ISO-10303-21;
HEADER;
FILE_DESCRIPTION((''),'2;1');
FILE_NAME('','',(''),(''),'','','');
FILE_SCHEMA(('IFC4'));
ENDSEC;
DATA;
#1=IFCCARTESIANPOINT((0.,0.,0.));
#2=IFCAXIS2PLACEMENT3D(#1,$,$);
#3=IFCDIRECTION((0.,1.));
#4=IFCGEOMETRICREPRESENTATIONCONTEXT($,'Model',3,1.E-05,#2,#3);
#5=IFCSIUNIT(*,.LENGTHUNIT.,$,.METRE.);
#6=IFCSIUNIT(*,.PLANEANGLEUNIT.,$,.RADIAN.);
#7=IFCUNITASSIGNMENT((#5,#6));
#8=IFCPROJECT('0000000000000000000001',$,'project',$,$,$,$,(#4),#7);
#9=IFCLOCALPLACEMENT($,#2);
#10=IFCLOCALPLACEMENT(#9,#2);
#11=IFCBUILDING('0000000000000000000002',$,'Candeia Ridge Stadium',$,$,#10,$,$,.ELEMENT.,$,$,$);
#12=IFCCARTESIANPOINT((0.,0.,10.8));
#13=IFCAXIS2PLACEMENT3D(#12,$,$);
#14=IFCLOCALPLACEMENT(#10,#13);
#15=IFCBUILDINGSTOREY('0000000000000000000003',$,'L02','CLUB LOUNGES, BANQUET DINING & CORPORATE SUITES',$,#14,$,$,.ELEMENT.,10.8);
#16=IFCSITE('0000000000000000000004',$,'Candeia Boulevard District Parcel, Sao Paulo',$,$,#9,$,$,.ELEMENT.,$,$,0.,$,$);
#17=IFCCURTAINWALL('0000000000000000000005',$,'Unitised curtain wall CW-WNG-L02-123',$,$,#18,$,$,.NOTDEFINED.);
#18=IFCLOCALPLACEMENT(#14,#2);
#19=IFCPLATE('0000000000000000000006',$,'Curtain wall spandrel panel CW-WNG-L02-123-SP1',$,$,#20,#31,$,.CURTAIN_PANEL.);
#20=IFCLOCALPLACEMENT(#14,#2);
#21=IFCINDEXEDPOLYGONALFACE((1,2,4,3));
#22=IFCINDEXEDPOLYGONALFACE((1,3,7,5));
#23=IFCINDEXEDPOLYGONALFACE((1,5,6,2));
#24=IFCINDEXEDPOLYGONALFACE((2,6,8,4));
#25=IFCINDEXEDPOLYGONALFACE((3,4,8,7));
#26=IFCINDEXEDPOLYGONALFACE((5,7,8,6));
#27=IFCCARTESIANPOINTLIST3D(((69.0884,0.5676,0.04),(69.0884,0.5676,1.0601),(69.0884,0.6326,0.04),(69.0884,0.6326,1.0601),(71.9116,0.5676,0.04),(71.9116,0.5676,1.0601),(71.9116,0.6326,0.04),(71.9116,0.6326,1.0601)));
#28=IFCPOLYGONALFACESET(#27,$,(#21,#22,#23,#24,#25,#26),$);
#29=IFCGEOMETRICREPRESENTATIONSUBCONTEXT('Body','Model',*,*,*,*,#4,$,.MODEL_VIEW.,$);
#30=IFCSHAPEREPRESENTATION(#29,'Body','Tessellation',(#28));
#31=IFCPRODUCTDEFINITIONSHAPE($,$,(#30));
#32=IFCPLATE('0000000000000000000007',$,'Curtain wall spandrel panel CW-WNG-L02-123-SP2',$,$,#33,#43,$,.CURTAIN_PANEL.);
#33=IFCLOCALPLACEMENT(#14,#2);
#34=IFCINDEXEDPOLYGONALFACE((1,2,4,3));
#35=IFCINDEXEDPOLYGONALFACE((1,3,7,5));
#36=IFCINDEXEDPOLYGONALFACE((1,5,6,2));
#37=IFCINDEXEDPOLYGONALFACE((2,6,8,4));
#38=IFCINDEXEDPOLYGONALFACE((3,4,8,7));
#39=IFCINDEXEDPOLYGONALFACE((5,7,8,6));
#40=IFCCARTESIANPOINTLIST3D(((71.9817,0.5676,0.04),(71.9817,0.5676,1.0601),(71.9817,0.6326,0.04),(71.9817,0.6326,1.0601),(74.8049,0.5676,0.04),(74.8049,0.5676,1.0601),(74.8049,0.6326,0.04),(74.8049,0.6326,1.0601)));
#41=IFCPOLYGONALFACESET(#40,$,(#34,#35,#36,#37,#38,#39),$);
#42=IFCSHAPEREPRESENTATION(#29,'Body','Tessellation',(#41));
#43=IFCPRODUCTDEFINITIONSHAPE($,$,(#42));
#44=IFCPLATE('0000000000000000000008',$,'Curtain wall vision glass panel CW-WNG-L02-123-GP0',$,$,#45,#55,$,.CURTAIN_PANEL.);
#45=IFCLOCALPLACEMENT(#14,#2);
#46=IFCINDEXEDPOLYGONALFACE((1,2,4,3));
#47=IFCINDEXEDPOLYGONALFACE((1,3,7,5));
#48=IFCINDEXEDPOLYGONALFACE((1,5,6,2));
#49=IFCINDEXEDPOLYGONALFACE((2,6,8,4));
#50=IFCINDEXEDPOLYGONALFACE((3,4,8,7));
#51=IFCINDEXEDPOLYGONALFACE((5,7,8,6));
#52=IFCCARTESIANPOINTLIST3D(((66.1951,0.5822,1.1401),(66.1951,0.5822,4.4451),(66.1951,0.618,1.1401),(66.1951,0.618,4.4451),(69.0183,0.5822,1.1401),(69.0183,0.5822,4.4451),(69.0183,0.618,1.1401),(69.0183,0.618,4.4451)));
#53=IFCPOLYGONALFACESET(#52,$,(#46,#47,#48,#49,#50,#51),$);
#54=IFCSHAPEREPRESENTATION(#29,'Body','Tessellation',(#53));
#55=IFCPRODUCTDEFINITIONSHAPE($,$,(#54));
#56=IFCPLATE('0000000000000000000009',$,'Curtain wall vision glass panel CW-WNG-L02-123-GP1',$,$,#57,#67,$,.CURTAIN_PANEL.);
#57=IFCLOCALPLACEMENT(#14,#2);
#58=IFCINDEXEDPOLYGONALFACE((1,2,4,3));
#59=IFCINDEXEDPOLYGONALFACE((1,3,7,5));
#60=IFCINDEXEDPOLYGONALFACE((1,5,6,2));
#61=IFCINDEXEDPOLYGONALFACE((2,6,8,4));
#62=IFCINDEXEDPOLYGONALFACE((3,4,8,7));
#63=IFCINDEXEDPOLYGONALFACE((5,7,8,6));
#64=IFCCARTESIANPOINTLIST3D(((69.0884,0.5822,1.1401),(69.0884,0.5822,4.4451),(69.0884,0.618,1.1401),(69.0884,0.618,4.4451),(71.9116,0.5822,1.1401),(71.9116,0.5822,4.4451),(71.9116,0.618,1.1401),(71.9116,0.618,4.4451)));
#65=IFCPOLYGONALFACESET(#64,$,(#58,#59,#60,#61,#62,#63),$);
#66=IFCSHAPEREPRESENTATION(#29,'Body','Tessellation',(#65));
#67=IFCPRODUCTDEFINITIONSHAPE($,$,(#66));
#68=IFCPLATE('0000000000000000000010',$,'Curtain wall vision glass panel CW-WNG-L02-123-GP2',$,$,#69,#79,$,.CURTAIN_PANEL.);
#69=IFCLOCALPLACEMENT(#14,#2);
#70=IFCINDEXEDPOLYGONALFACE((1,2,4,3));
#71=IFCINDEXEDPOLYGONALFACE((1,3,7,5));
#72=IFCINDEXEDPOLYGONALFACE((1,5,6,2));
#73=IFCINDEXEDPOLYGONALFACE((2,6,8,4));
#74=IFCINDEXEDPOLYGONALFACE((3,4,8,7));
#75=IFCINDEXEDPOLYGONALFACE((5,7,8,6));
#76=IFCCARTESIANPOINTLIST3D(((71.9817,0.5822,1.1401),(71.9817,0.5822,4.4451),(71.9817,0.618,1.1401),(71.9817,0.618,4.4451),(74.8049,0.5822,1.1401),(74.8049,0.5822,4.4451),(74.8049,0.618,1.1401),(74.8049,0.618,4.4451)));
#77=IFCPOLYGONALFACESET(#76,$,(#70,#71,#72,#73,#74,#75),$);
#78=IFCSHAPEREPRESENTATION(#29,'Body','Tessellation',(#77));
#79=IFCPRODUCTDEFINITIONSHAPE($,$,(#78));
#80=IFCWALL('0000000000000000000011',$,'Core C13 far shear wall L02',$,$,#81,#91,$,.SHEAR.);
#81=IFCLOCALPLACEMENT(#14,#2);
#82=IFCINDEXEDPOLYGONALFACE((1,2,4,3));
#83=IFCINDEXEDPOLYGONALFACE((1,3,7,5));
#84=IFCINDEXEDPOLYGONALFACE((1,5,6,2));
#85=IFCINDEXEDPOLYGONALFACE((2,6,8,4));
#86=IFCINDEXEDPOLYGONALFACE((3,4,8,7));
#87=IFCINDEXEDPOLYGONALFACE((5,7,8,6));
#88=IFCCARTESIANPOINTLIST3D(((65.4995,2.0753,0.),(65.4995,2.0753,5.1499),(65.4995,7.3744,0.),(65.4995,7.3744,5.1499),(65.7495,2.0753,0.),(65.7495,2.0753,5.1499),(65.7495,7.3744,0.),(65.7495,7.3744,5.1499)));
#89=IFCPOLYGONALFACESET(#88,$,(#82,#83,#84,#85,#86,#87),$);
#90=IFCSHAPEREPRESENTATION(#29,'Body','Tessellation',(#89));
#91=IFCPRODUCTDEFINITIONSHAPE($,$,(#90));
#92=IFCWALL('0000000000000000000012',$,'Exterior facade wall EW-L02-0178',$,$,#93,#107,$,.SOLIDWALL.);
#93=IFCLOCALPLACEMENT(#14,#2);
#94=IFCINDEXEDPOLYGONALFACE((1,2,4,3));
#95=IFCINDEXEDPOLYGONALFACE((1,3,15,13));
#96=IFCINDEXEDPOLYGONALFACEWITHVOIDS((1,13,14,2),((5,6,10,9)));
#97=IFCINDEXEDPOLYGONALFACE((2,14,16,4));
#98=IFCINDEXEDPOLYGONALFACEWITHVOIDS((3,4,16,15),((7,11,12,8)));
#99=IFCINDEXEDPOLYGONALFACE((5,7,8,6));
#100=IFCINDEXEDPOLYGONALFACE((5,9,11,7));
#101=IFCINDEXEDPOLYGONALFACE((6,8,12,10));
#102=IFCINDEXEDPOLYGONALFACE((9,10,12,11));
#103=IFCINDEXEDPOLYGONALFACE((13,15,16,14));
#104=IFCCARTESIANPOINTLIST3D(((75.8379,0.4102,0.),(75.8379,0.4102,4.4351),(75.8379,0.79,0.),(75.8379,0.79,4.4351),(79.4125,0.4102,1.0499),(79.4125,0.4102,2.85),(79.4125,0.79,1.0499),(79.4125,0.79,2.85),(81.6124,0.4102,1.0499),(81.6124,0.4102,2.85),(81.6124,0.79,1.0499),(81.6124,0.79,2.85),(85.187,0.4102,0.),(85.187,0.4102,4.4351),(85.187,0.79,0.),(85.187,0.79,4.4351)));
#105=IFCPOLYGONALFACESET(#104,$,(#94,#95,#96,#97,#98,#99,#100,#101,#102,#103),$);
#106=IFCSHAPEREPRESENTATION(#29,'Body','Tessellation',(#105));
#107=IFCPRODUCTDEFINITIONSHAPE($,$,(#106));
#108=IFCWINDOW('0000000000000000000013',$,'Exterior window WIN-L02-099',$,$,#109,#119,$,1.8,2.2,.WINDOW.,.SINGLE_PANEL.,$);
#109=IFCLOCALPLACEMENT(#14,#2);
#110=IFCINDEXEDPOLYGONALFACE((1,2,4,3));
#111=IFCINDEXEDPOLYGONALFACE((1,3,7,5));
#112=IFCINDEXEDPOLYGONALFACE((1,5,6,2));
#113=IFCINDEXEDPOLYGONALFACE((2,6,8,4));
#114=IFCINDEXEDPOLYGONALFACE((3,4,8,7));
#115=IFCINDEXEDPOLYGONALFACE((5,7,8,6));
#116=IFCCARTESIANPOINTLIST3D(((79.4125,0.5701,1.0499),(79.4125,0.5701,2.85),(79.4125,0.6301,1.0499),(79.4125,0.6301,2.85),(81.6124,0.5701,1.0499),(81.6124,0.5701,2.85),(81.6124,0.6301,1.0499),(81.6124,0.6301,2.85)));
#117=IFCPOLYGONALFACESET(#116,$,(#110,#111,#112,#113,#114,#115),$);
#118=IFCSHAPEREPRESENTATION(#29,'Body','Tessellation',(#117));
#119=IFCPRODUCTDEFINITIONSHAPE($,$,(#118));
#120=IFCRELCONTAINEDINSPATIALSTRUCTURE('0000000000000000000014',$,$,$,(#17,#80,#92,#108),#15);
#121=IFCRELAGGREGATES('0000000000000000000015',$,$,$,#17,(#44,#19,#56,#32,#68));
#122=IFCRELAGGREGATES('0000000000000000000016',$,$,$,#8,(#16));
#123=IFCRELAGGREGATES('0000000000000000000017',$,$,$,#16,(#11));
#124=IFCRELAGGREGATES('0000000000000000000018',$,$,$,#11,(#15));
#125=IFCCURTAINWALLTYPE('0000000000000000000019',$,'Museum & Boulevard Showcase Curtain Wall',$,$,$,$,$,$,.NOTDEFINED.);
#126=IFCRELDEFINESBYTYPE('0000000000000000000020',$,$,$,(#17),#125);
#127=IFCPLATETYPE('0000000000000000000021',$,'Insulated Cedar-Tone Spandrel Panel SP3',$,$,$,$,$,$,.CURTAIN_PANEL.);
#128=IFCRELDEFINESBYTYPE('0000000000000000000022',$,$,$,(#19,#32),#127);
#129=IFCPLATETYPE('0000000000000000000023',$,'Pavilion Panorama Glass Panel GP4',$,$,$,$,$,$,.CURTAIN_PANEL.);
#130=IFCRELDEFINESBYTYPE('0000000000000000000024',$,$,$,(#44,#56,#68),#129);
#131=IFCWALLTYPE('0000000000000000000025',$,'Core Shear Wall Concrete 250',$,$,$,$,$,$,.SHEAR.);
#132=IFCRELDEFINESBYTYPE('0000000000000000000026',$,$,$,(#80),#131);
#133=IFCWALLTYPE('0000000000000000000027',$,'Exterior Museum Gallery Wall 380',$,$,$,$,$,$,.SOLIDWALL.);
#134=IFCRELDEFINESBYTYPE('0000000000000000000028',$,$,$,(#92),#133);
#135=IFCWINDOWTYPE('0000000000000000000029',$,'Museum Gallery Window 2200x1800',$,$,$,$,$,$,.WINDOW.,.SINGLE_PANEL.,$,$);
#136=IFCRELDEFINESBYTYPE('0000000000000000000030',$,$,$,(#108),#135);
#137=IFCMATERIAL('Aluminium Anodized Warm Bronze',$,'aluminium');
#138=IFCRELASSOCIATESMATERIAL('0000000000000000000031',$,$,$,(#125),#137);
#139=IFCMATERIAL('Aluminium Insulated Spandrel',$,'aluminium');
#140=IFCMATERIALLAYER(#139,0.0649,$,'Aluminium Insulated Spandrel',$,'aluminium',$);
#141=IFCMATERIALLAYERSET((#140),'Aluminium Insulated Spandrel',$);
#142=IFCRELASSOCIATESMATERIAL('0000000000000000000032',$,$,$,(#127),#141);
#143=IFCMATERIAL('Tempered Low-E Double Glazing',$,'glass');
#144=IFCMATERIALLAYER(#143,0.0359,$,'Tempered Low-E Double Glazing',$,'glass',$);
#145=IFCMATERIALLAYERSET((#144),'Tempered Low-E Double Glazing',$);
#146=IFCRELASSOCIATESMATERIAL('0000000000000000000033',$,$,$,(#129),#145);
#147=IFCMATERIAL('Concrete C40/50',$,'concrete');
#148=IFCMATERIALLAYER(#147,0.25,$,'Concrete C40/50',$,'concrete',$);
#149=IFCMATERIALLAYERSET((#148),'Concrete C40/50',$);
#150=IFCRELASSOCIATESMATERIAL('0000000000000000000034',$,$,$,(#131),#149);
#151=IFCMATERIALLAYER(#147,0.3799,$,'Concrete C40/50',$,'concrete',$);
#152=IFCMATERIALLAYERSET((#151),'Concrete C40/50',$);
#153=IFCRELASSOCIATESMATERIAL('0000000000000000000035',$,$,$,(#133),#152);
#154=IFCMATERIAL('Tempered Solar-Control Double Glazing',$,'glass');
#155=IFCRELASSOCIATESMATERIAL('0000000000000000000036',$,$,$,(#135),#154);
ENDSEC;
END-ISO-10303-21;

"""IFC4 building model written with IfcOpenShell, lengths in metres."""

from ifc_helpers import new_model, si_unit, direction, frame, frame_2d, origin, origin_2d, place, context, subcontext, project, spatial, rectangle, extrude, material, layer, layer_set, type_object, element, fill, aggregate, save


model = new_model("IFC4")

# Units and contexts
model_context = context("Model", 3, precision=1e-05, world=origin(), true_north=direction((0.0, 1.0)))
body_context = subcontext(model_context, "Body", "Model", "MODEL_VIEW")
ifc_project = project(units=[si_unit("LENGTHUNIT", "METRE"), si_unit("PLANEANGLEUNIT", "RADIAN")], contexts=[model_context])

# Site, building, storey
site_placement = place(None, origin())
site = spatial("IfcSite", under=ifc_project, at=site_placement, Name="Candeia Boulevard District Parcel, Sao Paulo", CompositionType="ELEMENT", RefElevation=0.0)
building_placement = place(site_placement, origin())
building = spatial("IfcBuilding", under=site, at=building_placement, Name="Candeia Ridge Stadium", CompositionType="ELEMENT")
storey_placement = place(building_placement, frame((0.0, 0.0, 10.8)))
storey = spatial("IfcBuildingStorey", under=building, at=storey_placement, Name="L02", Description="CLUB LOUNGES, BANQUET DINING & CORPORATE SUITES", CompositionType="ELEMENT", Elevation=10.8)

# Shared definitions
ifc_material_1 = material(Name="Concrete C40/50", Category="concrete")

# Curtain wall
ifc_material_2 = material(Name="Aluminium Anodized Warm Bronze", Category="aluminium")
curtain_wall_type = type_object("IfcCurtainWallType", Name="Museum & Boulevard Showcase Curtain Wall", PredefinedType="NOTDEFINED", material=ifc_material_2)
curtain_wall_placement = place(storey_placement, origin())
curtain_wall = element("IfcCurtainWall", 1, at=curtain_wall_placement, inside=storey, type_object=curtain_wall_type, Name="Unitised curtain wall CW-WNG-L02-123", PredefinedType="NOTDEFINED")

# Plates
ifc_material_3 = material(Name="Aluminium Insulated Spandrel", Category="aluminium")
ifc_layer_1 = layer(ifc_material_3, 0.0649, Name="Aluminium Insulated Spandrel", Category="aluminium")
ifc_layer_set_1 = layer_set([ifc_layer_1], Name="Aluminium Insulated Spandrel")
plate_type_1 = type_object("IfcPlateType", Name="Insulated Cedar-Tone Spandrel Panel SP3", PredefinedType="CURTAIN_PANEL", material=ifc_layer_set_1)
plate_1_placement = place(storey_placement, frame((70.5, 0.6001, 0.04), z_axis=(0.0, 0.0, 1.0), x_axis=(1.0, 0.0, 0.0)))
plate_1 = element("IfcPlate", 2, at=plate_1_placement, type_object=plate_type_1, Name="Curtain wall spandrel panel CW-WNG-L02-123-SP1", PredefinedType="CURTAIN_PANEL", context=body_context, shape_type="SweptSolid", body=[
    extrude(rectangle(XDim=2.8232, YDim=0.0649, at=origin_2d()), origin(), (0.0, 0.0, 1.0), 1.02),
])
plate_2_placement = place(storey_placement, frame((73.3933, 0.6001, 0.04), z_axis=(0.0, 0.0, 1.0), x_axis=(1.0, 0.0, 0.0)))
plate_2 = element("IfcPlate", 3, at=plate_2_placement, type_object=plate_type_1, Name="Curtain wall spandrel panel CW-WNG-L02-123-SP2", PredefinedType="CURTAIN_PANEL", context=body_context, shape_type="SweptSolid", body=[
    extrude(rectangle(XDim=2.8232, YDim=0.0649, at=origin_2d()), origin(), (0.0, 0.0, 1.0), 1.02),
])
ifc_material_4 = material(Name="Tempered Low-E Double Glazing", Category="glass")
ifc_layer_2 = layer(ifc_material_4, 0.0359, Name="Tempered Low-E Double Glazing", Category="glass")
ifc_layer_set_2 = layer_set([ifc_layer_2], Name="Tempered Low-E Double Glazing")
plate_type_2 = type_object("IfcPlateType", Name="Pavilion Panorama Glass Panel GP4", PredefinedType="CURTAIN_PANEL", material=ifc_layer_set_2)
plate_3_placement = place(storey_placement, frame((67.6067, 0.6001, 1.1401), z_axis=(0.0, 0.0, 1.0), x_axis=(1.0, 0.0, 0.0)))
plate_3 = element("IfcPlate", 4, at=plate_3_placement, type_object=plate_type_2, Name="Curtain wall vision glass panel CW-WNG-L02-123-GP0", PredefinedType="CURTAIN_PANEL", context=body_context, shape_type="SweptSolid", body=[
    extrude(rectangle(XDim=2.8232, YDim=0.0359, at=origin_2d()), origin(), (0.0, 0.0, 1.0), 3.3049),
])
plate_4_placement = place(storey_placement, frame((70.5, 0.6001, 1.1401), z_axis=(0.0, 0.0, 1.0), x_axis=(1.0, 0.0, 0.0)))
plate_4 = element("IfcPlate", 5, at=plate_4_placement, type_object=plate_type_2, Name="Curtain wall vision glass panel CW-WNG-L02-123-GP1", PredefinedType="CURTAIN_PANEL", context=body_context, shape_type="SweptSolid", body=[
    extrude(rectangle(XDim=2.8232, YDim=0.0359, at=origin_2d()), origin(), (0.0, 0.0, 1.0), 3.3049),
])
plate_5_placement = place(storey_placement, frame((73.3933, 0.6001, 1.1401), z_axis=(0.0, 0.0, 1.0), x_axis=(1.0, 0.0, 0.0)))
plate_5 = element("IfcPlate", 6, at=plate_5_placement, type_object=plate_type_2, Name="Curtain wall vision glass panel CW-WNG-L02-123-GP2", PredefinedType="CURTAIN_PANEL", context=body_context, shape_type="SweptSolid", body=[
    extrude(rectangle(XDim=2.8232, YDim=0.0359, at=origin_2d()), origin(), (0.0, 0.0, 1.0), 3.3049),
])
aggregate(curtain_wall, [plate_3, plate_1, plate_4, plate_2, plate_5])

# Wall
ifc_layer_3 = layer(ifc_material_1, 0.25, Name="Concrete C40/50", Category="concrete")
ifc_layer_set_3 = layer_set([ifc_layer_3], Name="Concrete C40/50")
wall_type_1 = type_object("IfcWallType", Name="Core Shear Wall Concrete 250", PredefinedType="SHEAR", material=ifc_layer_set_3)
wall_1_placement = place(storey_placement, frame((65.6245, 2.0754, 0.0), z_axis=(0.0, 0.0, 1.0), x_axis=(0.0, 1.0, 0.0)))
element("IfcWall", 7, at=wall_1_placement, inside=storey, type_object=wall_type_1, Name="Core C13 far shear wall L02", PredefinedType="SHEAR", context=body_context, shape_type="SweptSolid", body=[
    extrude(rectangle(XDim=5.2991, YDim=0.25, at=frame_2d((2.6494, 0.0))), origin(), (0.0, 0.0, 1.0), 5.1499),
])

# Wall, opening, window
ifc_layer_4 = layer(ifc_material_1, 0.3799, Name="Concrete C40/50", Category="concrete")
ifc_layer_set_4 = layer_set([ifc_layer_4], Name="Concrete C40/50")
wall_type_2 = type_object("IfcWallType", Name="Exterior Museum Gallery Wall 380", PredefinedType="SOLIDWALL", material=ifc_layer_set_4)
wall_2_placement = place(storey_placement, frame((75.8379, 0.6001, 0.0), z_axis=(0.0, 0.0, 1.0), x_axis=(1.0, 0.0, 0.0)))
wall_2 = element("IfcWall", 8, at=wall_2_placement, inside=storey, type_object=wall_type_2, Name="Exterior facade wall EW-L02-0178", PredefinedType="SOLIDWALL", context=body_context, shape_type="SweptSolid", body=[
    extrude(rectangle(XDim=9.3491, YDim=0.3799, at=frame_2d((4.6746, 0.0))), origin(), (0.0, 0.0, 1.0), 4.4351),
])
opening_placement = place(wall_2_placement, frame((3.5745, 0.0, 1.05)))
opening = element("IfcOpeningElement", 9, at=opening_placement, cuts=wall_2, PredefinedType="OPENING", context=body_context, shape_type="SweptSolid", body=[
    extrude(rectangle(XDim=2.2, YDim=1.8, at=frame_2d((1.1001, 0.8999))), frame((0.0, 0.2, 0.0), z_axis=(0.0, -1.0, 0.0), x_axis=(1.0, 0.0, 0.0)), (0.0, 0.0, 1.0), 0.3999),
])
ifc_material_5 = material(Name="Tempered Solar-Control Double Glazing", Category="glass")
window_type = type_object("IfcWindowType", Name="Museum Gallery Window 2200x1800", PartitioningType="SINGLE_PANEL", PredefinedType="WINDOW", material=ifc_material_5)
window_placement = place(opening_placement, origin())
window = element("IfcWindow", 10, at=window_placement, inside=storey, type_object=window_type, Name="Exterior window WIN-L02-099", OverallHeight=1.8, OverallWidth=2.2, PartitioningType="SINGLE_PANEL", PredefinedType="WINDOW", context=body_context, shape_type="SweptSolid", body=[
    extrude(rectangle(XDim=2.2, YDim=1.8, at=frame_2d((1.1001, 0.8999))), frame((0.0, 0.03, 0.0), z_axis=(0.0, -1.0, 0.0), x_axis=(1.0, 0.0, 0.0)), (0.0, 0.0, 1.0), 0.0601),
])
fill(opening, window)

save(model, "model.ifc")
